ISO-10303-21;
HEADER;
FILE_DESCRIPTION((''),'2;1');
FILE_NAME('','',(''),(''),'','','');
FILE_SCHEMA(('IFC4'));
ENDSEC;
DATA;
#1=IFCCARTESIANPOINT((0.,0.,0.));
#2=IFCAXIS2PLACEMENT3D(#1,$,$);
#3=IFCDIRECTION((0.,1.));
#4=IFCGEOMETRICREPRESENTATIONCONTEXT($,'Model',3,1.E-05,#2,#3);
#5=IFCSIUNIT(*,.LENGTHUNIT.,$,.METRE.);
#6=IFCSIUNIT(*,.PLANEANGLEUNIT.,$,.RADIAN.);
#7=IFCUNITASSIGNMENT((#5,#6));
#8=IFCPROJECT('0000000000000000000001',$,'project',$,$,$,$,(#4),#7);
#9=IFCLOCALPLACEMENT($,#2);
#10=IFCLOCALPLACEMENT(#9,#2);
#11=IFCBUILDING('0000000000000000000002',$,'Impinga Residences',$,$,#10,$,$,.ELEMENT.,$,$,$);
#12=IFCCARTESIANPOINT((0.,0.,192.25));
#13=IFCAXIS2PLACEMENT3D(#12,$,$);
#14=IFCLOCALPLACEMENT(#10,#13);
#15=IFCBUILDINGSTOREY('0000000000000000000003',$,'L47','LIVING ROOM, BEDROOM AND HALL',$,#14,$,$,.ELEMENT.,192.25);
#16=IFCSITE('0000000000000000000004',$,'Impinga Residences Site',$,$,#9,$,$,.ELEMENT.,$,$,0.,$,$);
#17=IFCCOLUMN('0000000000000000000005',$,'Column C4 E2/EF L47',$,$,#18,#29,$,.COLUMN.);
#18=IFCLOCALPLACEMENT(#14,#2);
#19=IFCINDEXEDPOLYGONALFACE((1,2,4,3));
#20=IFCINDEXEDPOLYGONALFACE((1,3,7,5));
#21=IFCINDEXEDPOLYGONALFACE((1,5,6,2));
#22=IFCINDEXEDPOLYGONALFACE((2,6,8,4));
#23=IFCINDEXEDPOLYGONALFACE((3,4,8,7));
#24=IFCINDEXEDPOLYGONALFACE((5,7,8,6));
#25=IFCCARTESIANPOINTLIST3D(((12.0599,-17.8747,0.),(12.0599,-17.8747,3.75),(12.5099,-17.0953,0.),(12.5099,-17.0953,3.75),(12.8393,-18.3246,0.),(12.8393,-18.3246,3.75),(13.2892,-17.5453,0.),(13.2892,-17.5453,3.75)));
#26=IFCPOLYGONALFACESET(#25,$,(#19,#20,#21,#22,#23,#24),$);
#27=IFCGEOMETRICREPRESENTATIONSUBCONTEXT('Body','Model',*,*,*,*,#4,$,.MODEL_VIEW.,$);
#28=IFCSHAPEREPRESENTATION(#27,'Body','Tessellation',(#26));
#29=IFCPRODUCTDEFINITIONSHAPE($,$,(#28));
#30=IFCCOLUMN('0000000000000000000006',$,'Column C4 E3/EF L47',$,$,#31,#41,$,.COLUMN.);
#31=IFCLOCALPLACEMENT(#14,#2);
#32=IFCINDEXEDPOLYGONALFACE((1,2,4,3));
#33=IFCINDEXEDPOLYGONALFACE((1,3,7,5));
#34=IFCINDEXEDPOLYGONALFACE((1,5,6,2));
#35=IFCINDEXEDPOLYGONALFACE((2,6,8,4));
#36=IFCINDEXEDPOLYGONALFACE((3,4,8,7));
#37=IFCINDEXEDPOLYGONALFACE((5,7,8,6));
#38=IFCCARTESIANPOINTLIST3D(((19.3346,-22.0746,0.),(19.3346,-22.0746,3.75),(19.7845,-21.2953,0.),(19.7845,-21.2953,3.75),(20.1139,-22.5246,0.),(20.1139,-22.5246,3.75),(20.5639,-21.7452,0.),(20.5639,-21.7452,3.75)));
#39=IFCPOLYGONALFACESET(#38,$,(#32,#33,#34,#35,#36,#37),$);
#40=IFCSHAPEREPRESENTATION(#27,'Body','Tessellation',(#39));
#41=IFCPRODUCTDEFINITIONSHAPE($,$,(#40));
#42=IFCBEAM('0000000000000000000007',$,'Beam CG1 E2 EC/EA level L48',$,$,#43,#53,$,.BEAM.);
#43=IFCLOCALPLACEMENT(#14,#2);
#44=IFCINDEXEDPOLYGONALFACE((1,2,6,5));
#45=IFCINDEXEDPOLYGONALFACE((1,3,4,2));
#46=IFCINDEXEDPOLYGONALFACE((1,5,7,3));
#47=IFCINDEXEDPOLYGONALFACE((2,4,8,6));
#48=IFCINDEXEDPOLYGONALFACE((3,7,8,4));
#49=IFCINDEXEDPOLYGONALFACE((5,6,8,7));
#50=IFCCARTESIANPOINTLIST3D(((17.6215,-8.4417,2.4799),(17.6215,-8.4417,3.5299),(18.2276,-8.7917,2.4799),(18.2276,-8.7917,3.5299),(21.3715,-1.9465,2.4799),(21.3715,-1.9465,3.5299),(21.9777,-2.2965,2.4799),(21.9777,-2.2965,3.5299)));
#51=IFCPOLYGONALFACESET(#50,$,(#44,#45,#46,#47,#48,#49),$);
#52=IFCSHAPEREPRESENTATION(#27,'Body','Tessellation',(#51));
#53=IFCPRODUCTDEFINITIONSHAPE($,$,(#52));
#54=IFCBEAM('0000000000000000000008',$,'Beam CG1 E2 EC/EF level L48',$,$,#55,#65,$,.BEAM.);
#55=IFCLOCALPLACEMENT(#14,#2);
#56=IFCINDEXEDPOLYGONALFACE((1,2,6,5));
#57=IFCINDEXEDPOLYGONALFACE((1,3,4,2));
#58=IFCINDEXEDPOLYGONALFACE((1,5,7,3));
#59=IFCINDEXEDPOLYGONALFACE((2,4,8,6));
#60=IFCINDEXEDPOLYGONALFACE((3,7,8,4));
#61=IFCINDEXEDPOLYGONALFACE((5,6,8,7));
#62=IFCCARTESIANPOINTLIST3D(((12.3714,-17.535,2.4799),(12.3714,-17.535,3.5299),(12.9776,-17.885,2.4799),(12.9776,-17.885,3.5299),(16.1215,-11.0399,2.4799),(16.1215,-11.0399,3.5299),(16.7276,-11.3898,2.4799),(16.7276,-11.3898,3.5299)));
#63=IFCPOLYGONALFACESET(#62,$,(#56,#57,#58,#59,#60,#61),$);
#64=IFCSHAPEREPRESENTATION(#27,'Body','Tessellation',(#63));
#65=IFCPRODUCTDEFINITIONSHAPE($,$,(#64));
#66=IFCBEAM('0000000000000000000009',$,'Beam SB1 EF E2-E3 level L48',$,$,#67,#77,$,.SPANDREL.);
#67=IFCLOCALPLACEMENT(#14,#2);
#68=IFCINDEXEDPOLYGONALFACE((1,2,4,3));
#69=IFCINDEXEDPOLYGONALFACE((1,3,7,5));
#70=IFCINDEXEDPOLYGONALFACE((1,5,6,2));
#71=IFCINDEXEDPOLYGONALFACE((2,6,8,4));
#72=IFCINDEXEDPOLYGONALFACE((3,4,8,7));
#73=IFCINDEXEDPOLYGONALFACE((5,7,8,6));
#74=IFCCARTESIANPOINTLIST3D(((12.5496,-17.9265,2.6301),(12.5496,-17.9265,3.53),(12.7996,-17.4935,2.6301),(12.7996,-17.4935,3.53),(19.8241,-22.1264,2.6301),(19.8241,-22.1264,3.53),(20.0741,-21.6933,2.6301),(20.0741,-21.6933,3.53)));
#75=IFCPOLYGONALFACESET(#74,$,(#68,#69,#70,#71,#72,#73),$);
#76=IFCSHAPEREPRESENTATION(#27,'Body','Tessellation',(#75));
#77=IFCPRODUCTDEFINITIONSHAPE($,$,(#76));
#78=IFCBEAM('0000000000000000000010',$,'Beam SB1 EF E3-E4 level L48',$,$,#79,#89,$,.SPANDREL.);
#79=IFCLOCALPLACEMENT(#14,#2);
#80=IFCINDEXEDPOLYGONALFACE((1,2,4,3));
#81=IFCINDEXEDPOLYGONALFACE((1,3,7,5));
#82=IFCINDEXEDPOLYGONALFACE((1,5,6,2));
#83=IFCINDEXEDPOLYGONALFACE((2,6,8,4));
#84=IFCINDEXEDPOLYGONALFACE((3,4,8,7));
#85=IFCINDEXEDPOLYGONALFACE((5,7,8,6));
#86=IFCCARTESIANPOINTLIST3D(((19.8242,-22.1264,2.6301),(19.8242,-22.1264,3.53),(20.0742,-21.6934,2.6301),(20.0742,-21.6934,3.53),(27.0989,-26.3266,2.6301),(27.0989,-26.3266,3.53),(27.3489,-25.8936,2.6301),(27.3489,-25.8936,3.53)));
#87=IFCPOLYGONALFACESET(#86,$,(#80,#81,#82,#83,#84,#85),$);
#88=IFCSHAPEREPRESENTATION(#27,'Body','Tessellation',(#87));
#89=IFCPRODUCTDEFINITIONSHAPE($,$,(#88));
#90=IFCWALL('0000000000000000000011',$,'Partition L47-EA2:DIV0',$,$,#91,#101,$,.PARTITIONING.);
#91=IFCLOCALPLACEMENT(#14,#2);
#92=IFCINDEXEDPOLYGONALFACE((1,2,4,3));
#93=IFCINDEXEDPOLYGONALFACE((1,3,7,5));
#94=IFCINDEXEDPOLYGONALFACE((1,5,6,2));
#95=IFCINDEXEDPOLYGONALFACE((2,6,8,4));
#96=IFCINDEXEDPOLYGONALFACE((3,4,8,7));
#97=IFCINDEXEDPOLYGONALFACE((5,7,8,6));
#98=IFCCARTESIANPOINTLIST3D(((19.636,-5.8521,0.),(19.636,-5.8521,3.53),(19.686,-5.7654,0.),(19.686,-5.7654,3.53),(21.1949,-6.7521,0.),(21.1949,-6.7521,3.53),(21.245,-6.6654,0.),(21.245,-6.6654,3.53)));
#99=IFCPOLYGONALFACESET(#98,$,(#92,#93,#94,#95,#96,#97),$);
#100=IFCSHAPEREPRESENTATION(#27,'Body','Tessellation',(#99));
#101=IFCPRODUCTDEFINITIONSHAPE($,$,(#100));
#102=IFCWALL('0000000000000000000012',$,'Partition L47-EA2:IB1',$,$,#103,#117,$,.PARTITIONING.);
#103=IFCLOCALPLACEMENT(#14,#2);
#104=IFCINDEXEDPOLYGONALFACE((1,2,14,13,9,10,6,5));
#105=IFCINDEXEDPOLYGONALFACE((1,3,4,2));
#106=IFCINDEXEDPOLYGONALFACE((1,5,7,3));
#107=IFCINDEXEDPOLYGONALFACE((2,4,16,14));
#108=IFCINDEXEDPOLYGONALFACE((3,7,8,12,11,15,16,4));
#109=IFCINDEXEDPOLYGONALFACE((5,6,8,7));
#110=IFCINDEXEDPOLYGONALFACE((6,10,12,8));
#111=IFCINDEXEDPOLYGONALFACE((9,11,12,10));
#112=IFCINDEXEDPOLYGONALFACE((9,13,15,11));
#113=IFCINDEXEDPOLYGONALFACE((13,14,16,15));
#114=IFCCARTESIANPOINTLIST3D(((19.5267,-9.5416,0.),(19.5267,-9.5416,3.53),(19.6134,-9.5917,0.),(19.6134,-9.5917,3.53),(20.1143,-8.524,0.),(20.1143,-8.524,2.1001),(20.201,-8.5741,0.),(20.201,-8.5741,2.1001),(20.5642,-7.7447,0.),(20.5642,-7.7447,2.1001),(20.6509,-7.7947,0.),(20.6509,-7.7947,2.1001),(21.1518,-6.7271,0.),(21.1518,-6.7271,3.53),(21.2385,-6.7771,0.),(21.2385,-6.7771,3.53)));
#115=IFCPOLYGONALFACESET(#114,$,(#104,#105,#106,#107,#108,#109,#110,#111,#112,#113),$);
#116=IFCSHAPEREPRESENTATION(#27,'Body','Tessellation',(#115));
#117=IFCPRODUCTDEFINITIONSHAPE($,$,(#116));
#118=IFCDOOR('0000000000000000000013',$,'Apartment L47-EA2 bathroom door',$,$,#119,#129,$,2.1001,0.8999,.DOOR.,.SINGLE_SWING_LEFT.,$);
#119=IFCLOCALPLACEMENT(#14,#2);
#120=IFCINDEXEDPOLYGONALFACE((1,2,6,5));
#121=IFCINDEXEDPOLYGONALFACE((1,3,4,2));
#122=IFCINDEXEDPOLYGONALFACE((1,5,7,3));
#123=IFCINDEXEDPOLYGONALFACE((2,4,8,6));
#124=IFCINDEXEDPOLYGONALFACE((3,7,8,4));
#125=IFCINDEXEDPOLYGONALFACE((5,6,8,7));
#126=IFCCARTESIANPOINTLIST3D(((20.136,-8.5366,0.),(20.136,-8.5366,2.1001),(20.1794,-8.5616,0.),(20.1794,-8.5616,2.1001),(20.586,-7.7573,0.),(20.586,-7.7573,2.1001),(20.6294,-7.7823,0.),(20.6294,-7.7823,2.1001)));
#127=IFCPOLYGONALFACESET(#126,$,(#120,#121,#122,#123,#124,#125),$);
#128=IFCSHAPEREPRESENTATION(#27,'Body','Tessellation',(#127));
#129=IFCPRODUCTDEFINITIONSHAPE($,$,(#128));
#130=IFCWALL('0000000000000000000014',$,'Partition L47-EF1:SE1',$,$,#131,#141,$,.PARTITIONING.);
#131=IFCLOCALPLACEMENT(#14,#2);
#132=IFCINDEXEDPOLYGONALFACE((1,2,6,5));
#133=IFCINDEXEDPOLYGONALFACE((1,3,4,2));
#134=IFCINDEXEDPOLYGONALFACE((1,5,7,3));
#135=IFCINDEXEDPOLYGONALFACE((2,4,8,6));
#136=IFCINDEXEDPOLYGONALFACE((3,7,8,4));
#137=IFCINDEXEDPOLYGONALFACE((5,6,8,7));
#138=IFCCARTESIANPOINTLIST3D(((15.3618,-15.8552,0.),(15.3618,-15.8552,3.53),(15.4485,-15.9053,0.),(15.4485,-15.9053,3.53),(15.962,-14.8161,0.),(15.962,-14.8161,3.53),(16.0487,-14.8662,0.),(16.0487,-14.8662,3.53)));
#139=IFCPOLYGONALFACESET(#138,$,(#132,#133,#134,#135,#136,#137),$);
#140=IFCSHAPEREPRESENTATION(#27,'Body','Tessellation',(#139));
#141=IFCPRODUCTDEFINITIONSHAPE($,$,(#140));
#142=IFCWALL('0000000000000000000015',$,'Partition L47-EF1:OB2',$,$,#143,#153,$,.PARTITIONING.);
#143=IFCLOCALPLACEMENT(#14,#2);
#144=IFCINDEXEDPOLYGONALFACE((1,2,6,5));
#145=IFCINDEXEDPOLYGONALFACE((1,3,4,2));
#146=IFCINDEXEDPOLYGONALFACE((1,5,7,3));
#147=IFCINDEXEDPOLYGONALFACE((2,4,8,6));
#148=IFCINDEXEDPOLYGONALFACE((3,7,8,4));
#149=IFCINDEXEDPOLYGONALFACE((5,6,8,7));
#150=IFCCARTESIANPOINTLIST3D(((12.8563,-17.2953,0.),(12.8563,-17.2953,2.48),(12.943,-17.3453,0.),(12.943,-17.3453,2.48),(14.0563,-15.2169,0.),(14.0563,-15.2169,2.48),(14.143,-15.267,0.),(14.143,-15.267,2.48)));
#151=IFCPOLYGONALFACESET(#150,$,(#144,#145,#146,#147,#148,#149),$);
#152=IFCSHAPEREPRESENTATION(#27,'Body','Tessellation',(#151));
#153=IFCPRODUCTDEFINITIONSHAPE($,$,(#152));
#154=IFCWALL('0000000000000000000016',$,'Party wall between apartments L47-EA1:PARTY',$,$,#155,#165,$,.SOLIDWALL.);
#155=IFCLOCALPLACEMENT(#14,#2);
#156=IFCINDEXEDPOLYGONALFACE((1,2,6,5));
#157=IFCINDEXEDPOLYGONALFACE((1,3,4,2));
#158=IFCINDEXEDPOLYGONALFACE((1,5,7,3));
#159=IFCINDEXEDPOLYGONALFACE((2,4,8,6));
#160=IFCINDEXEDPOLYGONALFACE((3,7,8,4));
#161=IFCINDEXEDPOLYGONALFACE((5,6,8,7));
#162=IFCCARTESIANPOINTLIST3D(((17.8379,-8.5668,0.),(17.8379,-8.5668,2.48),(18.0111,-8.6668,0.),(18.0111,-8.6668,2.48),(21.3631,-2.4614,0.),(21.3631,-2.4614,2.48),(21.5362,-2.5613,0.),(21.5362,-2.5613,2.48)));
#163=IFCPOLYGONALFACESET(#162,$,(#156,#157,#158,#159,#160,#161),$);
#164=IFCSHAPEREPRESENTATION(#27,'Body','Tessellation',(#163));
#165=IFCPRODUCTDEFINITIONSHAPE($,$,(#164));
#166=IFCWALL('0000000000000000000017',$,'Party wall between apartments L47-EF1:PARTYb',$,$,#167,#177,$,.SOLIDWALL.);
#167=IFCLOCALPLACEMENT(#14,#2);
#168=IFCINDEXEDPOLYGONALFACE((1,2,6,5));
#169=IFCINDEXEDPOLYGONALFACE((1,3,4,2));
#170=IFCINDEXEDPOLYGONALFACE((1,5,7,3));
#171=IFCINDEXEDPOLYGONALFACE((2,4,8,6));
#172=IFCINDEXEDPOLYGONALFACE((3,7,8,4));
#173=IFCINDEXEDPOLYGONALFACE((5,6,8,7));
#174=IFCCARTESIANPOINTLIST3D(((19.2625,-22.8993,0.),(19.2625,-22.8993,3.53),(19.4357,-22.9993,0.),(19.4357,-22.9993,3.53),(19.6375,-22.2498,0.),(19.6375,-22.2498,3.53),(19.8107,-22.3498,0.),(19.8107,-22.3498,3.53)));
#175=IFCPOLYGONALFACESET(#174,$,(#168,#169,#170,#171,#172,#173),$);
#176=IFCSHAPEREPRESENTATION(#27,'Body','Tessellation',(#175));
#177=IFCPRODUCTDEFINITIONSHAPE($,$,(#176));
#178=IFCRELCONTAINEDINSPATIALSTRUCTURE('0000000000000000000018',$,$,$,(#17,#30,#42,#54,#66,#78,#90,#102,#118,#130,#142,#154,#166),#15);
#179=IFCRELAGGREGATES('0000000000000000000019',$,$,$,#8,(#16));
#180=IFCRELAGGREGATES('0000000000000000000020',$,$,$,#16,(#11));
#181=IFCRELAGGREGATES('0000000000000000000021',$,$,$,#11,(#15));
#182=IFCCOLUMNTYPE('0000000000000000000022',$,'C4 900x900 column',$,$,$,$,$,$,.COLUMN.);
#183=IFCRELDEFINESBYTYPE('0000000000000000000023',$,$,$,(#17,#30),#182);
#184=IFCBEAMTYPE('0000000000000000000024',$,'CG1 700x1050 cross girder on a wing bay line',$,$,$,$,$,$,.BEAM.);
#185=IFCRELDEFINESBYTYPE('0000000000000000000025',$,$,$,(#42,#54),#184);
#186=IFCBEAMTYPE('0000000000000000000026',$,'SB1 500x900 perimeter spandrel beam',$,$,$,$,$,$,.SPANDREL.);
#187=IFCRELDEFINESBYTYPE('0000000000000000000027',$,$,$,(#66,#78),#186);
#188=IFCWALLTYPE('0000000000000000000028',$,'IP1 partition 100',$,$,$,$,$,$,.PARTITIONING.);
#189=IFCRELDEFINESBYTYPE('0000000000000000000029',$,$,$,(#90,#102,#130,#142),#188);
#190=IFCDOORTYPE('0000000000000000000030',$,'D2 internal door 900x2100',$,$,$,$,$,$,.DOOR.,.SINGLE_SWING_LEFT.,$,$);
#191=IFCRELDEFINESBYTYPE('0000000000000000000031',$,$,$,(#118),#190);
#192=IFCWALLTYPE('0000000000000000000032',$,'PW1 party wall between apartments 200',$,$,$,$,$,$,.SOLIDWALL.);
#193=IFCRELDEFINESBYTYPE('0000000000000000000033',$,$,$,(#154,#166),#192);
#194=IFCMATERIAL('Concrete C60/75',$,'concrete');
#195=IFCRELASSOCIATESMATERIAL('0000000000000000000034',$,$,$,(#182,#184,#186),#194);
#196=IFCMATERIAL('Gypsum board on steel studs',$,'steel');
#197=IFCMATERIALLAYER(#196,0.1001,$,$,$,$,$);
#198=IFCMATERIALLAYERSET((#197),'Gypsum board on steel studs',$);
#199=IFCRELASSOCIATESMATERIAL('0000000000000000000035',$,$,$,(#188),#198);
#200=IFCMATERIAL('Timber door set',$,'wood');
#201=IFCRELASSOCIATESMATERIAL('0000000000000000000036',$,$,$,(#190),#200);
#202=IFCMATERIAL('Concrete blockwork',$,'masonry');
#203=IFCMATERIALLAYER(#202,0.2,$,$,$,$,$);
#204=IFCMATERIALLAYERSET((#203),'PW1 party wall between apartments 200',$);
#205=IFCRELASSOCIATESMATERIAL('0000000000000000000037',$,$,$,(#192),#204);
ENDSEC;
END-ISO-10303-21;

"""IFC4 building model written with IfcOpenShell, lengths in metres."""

from ifc_helpers import new_model, si_unit, direction, frame, frame_2d, origin, origin_2d, place, context, subcontext, project, spatial, rectangle, extrude, material, layer, layer_set, material_profile, profile_set, type_object, element, fill, save


model = new_model("IFC4")

# Units and contexts
model_context = context("Model", 3, precision=1e-05, world=origin(), true_north=direction((0.0, 1.0)))
body_context = subcontext(model_context, "Body", "Model", "MODEL_VIEW")
ifc_project = project(units=[si_unit("LENGTHUNIT", "METRE"), si_unit("PLANEANGLEUNIT", "RADIAN")], contexts=[model_context])

# Site, building, storey
site_placement = place(None, origin())
site = spatial("IfcSite", under=ifc_project, at=site_placement, Name="Impinga Residences Site", CompositionType="ELEMENT", RefElevation=0.0)
building_placement = place(site_placement, origin())
building = spatial("IfcBuilding", under=site, at=building_placement, Name="Impinga Residences", CompositionType="ELEMENT")
storey_placement = place(building_placement, frame((0.0, 0.0, 192.25)))
storey = spatial("IfcBuildingStorey", under=building, at=storey_placement, Name="L47", Description="LIVING ROOM, BEDROOM AND HALL", CompositionType="ELEMENT", Elevation=192.25)

# Columns
ifc_material_1 = material(Name="Concrete C60/75", Category="concrete")
ifc_material_profile_1 = material_profile(ifc_material_1, rectangle(XDim=0.8999, YDim=0.8999, at=origin_2d()), Name="RC 900x900")
ifc_profile_set_1 = profile_set([ifc_material_profile_1], Name="Concrete C60/75")
column_type = type_object("IfcColumnType", Name="C4 900x900 column", PredefinedType="COLUMN", material=ifc_profile_set_1)
for number, where, z_axis, x_axis, name in (
    (1, (12.6746, -17.71, 0.0), (0.0, 0.0, 1.0), (-0.5, -0.866025, 0.0), "Column C4 E2/EF L47"),
    (2, (19.9492, -21.9099, 0.0), (0.0, 0.0, 1.0), (-0.5, -0.866025, 0.0), "Column C4 E3/EF L47"),
):
    element("IfcColumn", number, at=place(storey_placement, frame(where, z_axis=z_axis, x_axis=x_axis)), inside=storey, type_object=column_type, Name=name, PredefinedType="COLUMN", context=body_context, shape_type="SweptSolid", body=[
        extrude(rectangle(XDim=0.8999, YDim=0.8999, at=origin_2d()), origin(), (0.0, 0.0, 1.0), 3.75),
    ])

# Beams
ifc_material_profile_2 = material_profile(ifc_material_1, rectangle(XDim=0.7, YDim=1.05, at=origin_2d()), Name="RC 700x1050")
ifc_profile_set_2 = profile_set([ifc_material_profile_2], Name="Concrete C60/75")
beam_type_1 = type_object("IfcBeamType", Name="CG1 700x1050 cross girder on a wing bay line", PredefinedType="BEAM", material=ifc_profile_set_2)
for number, where, z_axis, x_axis, name in (
    (3, (17.9246, -8.6167, 3.0049), (0.500004, 0.866023, 0.0), (-0.866023, 0.500004, 0.0), "Beam CG1 E2 EC/EA level L48"),
    (4, (16.4246, -11.2148, 3.0049), (-0.500004, -0.866023, 0.0), (0.866023, -0.500004, 0.0), "Beam CG1 E2 EC/EF level L48"),
):
    element("IfcBeam", number, at=place(storey_placement, frame(where, z_axis=z_axis, x_axis=x_axis)), inside=storey, type_object=beam_type_1, Name=name, PredefinedType="BEAM", context=body_context, shape_type="SweptSolid", body=[
        extrude(rectangle(XDim=0.7, YDim=1.05, at=origin_2d()), origin(), (0.0, 0.0, 1.0), 7.5),
    ])
ifc_material_profile_3 = material_profile(ifc_material_1, rectangle(XDim=0.5, YDim=0.8999, at=origin_2d()), Name="RC 500x900")
ifc_profile_set_3 = profile_set([ifc_material_profile_3], Name="Concrete C60/75")
beam_type_2 = type_object("IfcBeamType", Name="SB1 500x900 perimeter spandrel beam", PredefinedType="SPANDREL", material=ifc_profile_set_3)
beam_1_placement = place(storey_placement, frame((12.6746, -17.71, 3.0801), z_axis=(0.866029, -0.499993, 0.0), x_axis=(0.499993, 0.866029, 0.0)))
element("IfcBeam", 5, at=beam_1_placement, inside=storey, type_object=beam_type_2, Name="Beam SB1 EF E2-E3 level L48", PredefinedType="SPANDREL", context=body_context, shape_type="SweptSolid", body=[
    extrude(rectangle(XDim=0.5, YDim=0.8999, at=origin_2d()), origin(), (0.0, 0.0, 1.0), 8.3999),
])
beam_2_placement = place(storey_placement, frame((19.9492, -21.9099, 3.0801), z_axis=(0.866017, -0.500015, 0.0), x_axis=(0.500015, 0.866017, 0.0)))
element("IfcBeam", 6, at=beam_2_placement, inside=storey, type_object=beam_type_2, Name="Beam SB1 EF E3-E4 level L48", PredefinedType="SPANDREL", context=body_context, shape_type="SweptSolid", body=[
    extrude(rectangle(XDim=0.5, YDim=0.8999, at=origin_2d()), origin(), (0.0, 0.0, 1.0), 8.4001),
])

# Wall
ifc_material_2 = material(Name="Gypsum board on steel studs", Category="steel")
ifc_layer_1 = layer(ifc_material_2, 0.1001)
ifc_layer_set_1 = layer_set([ifc_layer_1], Name="Gypsum board on steel studs")
wall_type_1 = type_object("IfcWallType", Name="IP1 partition 100", PredefinedType="PARTITIONING", material=ifc_layer_set_1)
wall_1_placement = place(storey_placement, frame((19.6611, -5.8088, 0.0), z_axis=(0.0, 0.0, 1.0), x_axis=(0.866048, -0.499961, 0.0)))
element("IfcWall", 7, at=wall_1_placement, inside=storey, type_object=wall_type_1, Name="Partition L47-EA2:DIV0", PredefinedType="PARTITIONING", context=body_context, shape_type="SweptSolid", body=[
    extrude(rectangle(XDim=1.8, YDim=0.1001, at=frame_2d((0.8999, 0.0))), origin(), (0.0, 0.0, 1.0), 3.53),
])

# Wall, opening, door
wall_2_placement = place(storey_placement, frame((19.5701, -9.5667, 0.0), z_axis=(0.0, 0.0, 1.0), x_axis=(0.500017, 0.866015, 0.0)))
wall_2 = element("IfcWall", 8, at=wall_2_placement, inside=storey, type_object=wall_type_1, Name="Partition L47-EA2:IB1", PredefinedType="PARTITIONING", context=body_context, shape_type="SweptSolid", body=[
    extrude(rectangle(XDim=3.25, YDim=0.1001, at=frame_2d((1.625, 0.0))), origin(), (0.0, 0.0, 1.0), 3.53),
])
opening_placement = place(wall_2_placement, frame((1.175, 0.0, 0.0)))
opening = element("IfcOpeningElement", 9, at=opening_placement, cuts=wall_2, PredefinedType="OPENING", context=body_context, shape_type="SweptSolid", body=[
    extrude(rectangle(XDim=0.8999, YDim=2.1001, at=frame_2d((0.45, 1.05))), frame((0.0, 0.0601, 0.0), z_axis=(0.0, -1.0, 0.0), x_axis=(1.0, 0.0, 0.0)), (0.0, 0.0, 1.0), 0.1201),
])
ifc_material_3 = material(Name="Timber door set", Category="wood")
door_type = type_object("IfcDoorType", Name="D2 internal door 900x2100", OperationType="SINGLE_SWING_LEFT", PredefinedType="DOOR", material=ifc_material_3)
door_placement = place(opening_placement, origin())
door = element("IfcDoor", 10, at=door_placement, inside=storey, type_object=door_type, Name="Apartment L47-EA2 bathroom door", OperationType="SINGLE_SWING_LEFT", OverallHeight=2.1001, OverallWidth=0.8999, PredefinedType="DOOR", context=body_context, shape_type="SweptSolid", body=[
    extrude(rectangle(XDim=0.8999, YDim=2.1001, at=frame_2d((0.45, 1.05))), frame((0.0, 0.0249, 0.0), z_axis=(0.0, -1.0, 0.0), x_axis=(1.0, 0.0, 0.0)), (0.0, 0.0, 1.0), 0.05),
])
fill(opening, door)

# Walls
wall_3_placement = place(storey_placement, frame((16.0054, -14.8411, 0.0), z_axis=(0.0, 0.0, 1.0), x_axis=(-0.500122, -0.865955, 0.0)))
element("IfcWall", 11, at=wall_3_placement, inside=storey, type_object=wall_type_1, Name="Partition L47-EF1:SE1", PredefinedType="PARTITIONING", context=body_context, shape_type="SweptSolid", body=[
    extrude(rectangle(XDim=1.2, YDim=0.1001, at=frame_2d((0.6001, 0.0))), origin(), (0.0, 0.0, 1.0), 3.53),
])
wall_4_placement = place(storey_placement, frame((14.0996, -15.2419, 0.0), z_axis=(0.0, 0.0, 1.0), x_axis=(-0.500001, -0.866025, 0.0)))
element("IfcWall", 12, at=wall_4_placement, inside=storey, type_object=wall_type_1, Name="Partition L47-EF1:OB2", PredefinedType="PARTITIONING", context=body_context, shape_type="SweptSolid", body=[
    extrude(rectangle(XDim=2.3999, YDim=0.1001, at=frame_2d((1.2, 0.0))), origin(), (0.0, 0.0, 1.0), 2.48),
])
ifc_material_4 = material(Name="Concrete blockwork", Category="masonry")
ifc_layer_2 = layer(ifc_material_4, 0.2)
ifc_layer_set_2 = layer_set([ifc_layer_2], Name="PW1 party wall between apartments 200")
wall_type_2 = type_object("IfcWallType", Name="PW1 party wall between apartments 200", PredefinedType="SOLIDWALL", material=ifc_layer_set_2)
wall_5_placement = place(storey_placement, frame((17.9246, -8.6167, 0.0), z_axis=(0.0, 0.0, 1.0), x_axis=(0.500016, 0.866016, 0.0)))
element("IfcWall", 13, at=wall_5_placement, inside=storey, type_object=wall_type_2, Name="Party wall between apartments L47-EA1:PARTY", PredefinedType="SOLIDWALL", context=body_context, shape_type="SweptSolid", body=[
    extrude(rectangle(XDim=7.05, YDim=0.2, at=frame_2d((3.5249, 0.0))), origin(), (0.0, 0.0, 1.0), 2.48),
])
wall_6_placement = place(storey_placement, frame((19.7241, -22.2998, 0.0), z_axis=(0.0, 0.0, 1.0), x_axis=(-0.500061, -0.86599, 0.0)))
element("IfcWall", 14, at=wall_6_placement, inside=storey, type_object=wall_type_2, Name="Party wall between apartments L47-EF1:PARTYb", PredefinedType="SOLIDWALL", context=body_context, shape_type="SweptSolid", body=[
    extrude(rectangle(XDim=0.75, YDim=0.2, at=frame_2d((0.375, 0.0))), origin(), (0.0, 0.0, 1.0), 3.53),
])

save(model, "model.ifc")
